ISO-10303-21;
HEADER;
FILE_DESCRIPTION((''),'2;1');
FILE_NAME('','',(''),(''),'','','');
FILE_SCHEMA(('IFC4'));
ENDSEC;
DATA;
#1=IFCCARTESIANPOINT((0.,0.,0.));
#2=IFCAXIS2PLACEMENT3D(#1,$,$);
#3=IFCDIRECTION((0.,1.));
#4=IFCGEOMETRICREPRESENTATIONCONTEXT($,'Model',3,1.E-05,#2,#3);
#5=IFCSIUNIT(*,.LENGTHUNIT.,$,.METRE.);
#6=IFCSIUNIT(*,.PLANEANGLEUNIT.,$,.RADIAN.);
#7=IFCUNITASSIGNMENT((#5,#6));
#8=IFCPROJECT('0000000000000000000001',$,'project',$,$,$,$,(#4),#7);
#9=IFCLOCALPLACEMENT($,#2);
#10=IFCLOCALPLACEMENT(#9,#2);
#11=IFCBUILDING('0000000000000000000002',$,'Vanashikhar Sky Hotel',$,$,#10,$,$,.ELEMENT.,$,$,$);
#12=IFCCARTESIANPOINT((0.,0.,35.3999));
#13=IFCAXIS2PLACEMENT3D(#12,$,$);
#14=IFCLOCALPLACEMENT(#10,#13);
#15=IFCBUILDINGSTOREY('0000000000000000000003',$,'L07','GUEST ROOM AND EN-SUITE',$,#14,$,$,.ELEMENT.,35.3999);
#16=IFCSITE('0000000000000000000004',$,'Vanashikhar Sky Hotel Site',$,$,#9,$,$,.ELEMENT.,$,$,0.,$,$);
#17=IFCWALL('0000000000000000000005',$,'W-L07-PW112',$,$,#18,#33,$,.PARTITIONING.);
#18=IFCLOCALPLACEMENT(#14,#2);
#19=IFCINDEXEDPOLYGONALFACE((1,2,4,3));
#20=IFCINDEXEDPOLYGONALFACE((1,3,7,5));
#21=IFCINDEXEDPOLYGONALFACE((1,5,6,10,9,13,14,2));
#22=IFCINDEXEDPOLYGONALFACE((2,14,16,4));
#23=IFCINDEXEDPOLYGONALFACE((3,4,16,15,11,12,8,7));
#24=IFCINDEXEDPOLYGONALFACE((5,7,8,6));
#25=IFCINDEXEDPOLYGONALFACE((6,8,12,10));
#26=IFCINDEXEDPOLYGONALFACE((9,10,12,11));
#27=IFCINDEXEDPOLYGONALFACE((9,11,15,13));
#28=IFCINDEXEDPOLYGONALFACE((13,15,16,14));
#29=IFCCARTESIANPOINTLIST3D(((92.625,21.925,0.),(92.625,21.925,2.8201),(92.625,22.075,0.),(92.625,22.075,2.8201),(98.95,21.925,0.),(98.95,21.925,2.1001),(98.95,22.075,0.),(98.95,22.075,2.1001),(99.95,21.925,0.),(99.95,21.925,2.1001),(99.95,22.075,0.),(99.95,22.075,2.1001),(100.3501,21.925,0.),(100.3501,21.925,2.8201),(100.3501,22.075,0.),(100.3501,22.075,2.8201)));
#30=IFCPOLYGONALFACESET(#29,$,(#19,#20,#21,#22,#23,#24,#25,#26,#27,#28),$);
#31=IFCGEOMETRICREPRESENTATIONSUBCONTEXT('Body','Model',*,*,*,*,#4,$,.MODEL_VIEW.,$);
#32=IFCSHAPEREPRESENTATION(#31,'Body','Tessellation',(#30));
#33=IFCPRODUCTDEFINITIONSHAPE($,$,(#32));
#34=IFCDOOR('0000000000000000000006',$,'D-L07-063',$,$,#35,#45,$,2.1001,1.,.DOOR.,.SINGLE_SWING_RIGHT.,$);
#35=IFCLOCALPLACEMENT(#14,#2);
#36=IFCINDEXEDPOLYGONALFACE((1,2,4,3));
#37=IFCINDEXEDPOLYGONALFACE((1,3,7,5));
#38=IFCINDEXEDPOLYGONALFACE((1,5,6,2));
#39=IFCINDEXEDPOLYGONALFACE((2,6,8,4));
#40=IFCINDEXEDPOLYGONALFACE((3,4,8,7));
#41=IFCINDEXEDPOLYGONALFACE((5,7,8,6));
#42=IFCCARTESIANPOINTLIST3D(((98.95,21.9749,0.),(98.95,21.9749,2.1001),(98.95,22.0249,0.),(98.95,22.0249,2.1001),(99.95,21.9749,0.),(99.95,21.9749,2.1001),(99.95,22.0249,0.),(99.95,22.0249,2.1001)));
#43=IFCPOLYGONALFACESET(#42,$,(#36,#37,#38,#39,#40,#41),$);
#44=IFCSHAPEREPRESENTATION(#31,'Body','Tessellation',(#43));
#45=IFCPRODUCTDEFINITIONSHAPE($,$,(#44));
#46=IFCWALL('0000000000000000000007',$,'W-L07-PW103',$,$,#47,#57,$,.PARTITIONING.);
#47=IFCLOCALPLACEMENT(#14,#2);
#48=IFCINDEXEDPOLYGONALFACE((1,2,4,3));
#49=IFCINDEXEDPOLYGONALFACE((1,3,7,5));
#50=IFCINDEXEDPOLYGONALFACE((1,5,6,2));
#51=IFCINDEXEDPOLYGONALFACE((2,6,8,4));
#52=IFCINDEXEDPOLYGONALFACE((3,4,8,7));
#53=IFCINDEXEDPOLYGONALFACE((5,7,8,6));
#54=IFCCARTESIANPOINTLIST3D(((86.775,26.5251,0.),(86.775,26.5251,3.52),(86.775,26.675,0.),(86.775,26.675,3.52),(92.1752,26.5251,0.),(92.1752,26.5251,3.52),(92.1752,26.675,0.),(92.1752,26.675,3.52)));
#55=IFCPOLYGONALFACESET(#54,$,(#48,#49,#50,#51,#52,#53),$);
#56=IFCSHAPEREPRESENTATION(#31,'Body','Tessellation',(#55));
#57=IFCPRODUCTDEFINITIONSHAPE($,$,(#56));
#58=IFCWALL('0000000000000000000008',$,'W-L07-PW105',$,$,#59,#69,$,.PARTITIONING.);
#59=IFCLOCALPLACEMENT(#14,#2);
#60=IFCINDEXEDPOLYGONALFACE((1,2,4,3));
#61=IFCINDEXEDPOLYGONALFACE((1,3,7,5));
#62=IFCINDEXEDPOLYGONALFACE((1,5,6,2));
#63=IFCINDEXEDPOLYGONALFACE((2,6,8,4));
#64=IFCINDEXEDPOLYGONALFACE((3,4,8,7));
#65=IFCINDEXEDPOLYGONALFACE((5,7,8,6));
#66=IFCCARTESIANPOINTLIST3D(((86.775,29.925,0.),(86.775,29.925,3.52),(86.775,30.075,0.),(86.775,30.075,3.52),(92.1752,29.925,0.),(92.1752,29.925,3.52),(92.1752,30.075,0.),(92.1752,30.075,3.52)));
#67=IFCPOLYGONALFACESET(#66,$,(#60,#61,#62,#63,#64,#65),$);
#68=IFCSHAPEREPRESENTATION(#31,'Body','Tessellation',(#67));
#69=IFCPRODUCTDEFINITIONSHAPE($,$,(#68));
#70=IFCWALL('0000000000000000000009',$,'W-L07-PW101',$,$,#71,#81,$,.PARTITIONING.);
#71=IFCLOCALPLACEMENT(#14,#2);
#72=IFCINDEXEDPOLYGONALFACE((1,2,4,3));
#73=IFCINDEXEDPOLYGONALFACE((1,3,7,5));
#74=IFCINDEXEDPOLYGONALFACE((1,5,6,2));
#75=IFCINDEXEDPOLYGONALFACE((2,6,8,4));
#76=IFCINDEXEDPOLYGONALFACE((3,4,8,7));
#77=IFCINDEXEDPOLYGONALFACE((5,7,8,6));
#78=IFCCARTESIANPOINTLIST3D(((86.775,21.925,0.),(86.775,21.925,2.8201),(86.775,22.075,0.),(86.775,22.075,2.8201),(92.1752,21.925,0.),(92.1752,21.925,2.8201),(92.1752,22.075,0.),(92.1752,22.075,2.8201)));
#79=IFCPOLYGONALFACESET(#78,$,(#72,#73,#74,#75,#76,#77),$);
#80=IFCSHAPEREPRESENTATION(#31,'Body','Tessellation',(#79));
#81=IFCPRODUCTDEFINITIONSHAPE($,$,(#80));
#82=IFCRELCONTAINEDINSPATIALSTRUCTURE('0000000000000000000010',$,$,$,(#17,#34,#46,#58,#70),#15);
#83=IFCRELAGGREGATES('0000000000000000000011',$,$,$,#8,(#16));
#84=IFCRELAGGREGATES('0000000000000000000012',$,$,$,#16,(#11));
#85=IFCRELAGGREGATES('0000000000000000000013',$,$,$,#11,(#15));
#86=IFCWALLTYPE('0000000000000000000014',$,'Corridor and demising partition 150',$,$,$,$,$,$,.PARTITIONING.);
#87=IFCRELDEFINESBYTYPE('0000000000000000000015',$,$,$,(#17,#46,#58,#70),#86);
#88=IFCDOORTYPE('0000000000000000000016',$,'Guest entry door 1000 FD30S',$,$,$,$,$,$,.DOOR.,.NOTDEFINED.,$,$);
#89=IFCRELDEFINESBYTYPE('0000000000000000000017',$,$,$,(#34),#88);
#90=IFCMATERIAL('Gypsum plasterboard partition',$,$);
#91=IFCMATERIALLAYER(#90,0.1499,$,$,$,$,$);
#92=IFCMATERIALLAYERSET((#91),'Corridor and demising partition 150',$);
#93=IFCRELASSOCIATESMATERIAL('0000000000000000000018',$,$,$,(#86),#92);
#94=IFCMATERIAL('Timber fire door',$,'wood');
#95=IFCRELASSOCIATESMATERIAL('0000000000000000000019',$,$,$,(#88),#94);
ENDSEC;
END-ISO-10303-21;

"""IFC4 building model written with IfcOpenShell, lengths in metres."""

from ifc_helpers import new_model, si_unit, direction, frame, frame_2d, origin, place, context, subcontext, project, spatial, rectangle, extrude, source, transform, mapped, material, layer, layer_set, type_object, element, fill, save


model = new_model("IFC4")

# Units and contexts
model_context = context("Model", 3, precision=1e-05, world=origin(), true_north=direction((0.0, 1.0)))
body_context = subcontext(model_context, "Body", "Model", "MODEL_VIEW")
ifc_project = project(units=[si_unit("LENGTHUNIT", "METRE"), si_unit("PLANEANGLEUNIT", "RADIAN")], contexts=[model_context])

# Site, building, storey
site_placement = place(None, origin())
site = spatial("IfcSite", under=ifc_project, at=site_placement, Name="Vanashikhar Sky Hotel Site", CompositionType="ELEMENT", RefElevation=0.0)
building_placement = place(site_placement, origin())
building = spatial("IfcBuilding", under=site, at=building_placement, Name="Vanashikhar Sky Hotel", CompositionType="ELEMENT")
storey_placement = place(building_placement, frame((0.0, 0.0, 35.3999)))
storey = spatial("IfcBuildingStorey", under=building, at=storey_placement, Name="L07", Description="GUEST ROOM AND EN-SUITE", CompositionType="ELEMENT", Elevation=35.3999)

# Shared definitions
ifc_material_1 = material(Name="Gypsum plasterboard partition")
ifc_layer_1 = layer(ifc_material_1, 0.1499)
ifc_layer_set_1 = layer_set([ifc_layer_1], Name="Corridor and demising partition 150")
wall_type_1 = type_object("IfcWallType", Name="Corridor and demising partition 150", PredefinedType="PARTITIONING", material=ifc_layer_set_1)
shared_shape_1 = source(origin(), body_context, "Body", "SweptSolid", [
    extrude(rectangle(XDim=1.0, YDim=2.1001, at=frame_2d((0.5, 1.05))), frame((0.0, 0.085, 0.0), z_axis=(0.0, -1.0, 0.0), x_axis=(1.0, 0.0, 0.0)), (0.0, 0.0, 1.0), 0.1699),
])
ifc_material_2 = material(Name="Timber fire door", Category="wood")
door_type_1 = type_object("IfcDoorType", Name="Guest entry door 1000 FD30S", OperationType="NOTDEFINED", PredefinedType="DOOR", material=ifc_material_2)
shared_shape_2 = source(origin(), body_context, "Body", "SweptSolid", [
    extrude(rectangle(XDim=1.0, YDim=2.1001, at=frame_2d((0.5, 1.05))), frame((0.0, 0.0249, 0.0), z_axis=(0.0, -1.0, 0.0), x_axis=(1.0, 0.0, 0.0)), (0.0, 0.0, 1.0), 0.05),
])

# Wall, opening, door
shared_shape_3 = source(origin(), body_context, "Body", "SweptSolid", [
    extrude(rectangle(XDim=7.7251, YDim=0.1499, at=frame_2d((3.8625, 0.0))), origin(), (0.0, 0.0, 1.0), 2.8201),
])
wall_1_placement = place(storey_placement, frame((92.625, 22.0, 0.0), z_axis=(0.0, 0.0, 1.0), x_axis=(1.0, 0.0, 0.0)))
wall_1 = element("IfcWall", 1, at=wall_1_placement, inside=storey, type_object=wall_type_1, Name="W-L07-PW112", PredefinedType="PARTITIONING", context=body_context, shape_type="MappedRepresentation", body=[
    mapped(shared_shape_3, transform((0.0, 0.0, 0.0), scale=1.0)),
])
opening_1_placement = place(wall_1_placement, frame((6.325, 0.0, 0.0)))
opening_1 = element("IfcOpeningElement", 2, at=opening_1_placement, cuts=wall_1, PredefinedType="OPENING", context=body_context, shape_type="MappedRepresentation", body=[
    mapped(shared_shape_1, transform((0.0, 0.0, 0.0), scale=1.0)),
])
door_1_placement = place(opening_1_placement, origin())
door_1 = element("IfcDoor", 3, at=door_1_placement, inside=storey, type_object=door_type_1, Name="D-L07-063", OperationType="SINGLE_SWING_RIGHT", OverallHeight=2.1001, OverallWidth=1.0, PredefinedType="DOOR", context=body_context, shape_type="MappedRepresentation", body=[
    mapped(shared_shape_2, transform((0.0, 0.0, 0.0), scale=1.0)),
])
fill(opening_1, door_1)

# Walls
shared_shape_4 = source(origin(), body_context, "Body", "SweptSolid", [
    extrude(rectangle(XDim=5.4001, YDim=0.1499, at=frame_2d((2.7002, 0.0))), origin(), (0.0, 0.0, 1.0), 3.52),
])
for number, where, z_axis, x_axis, name in (
    (4, (86.7749, 26.6001, 0.0), (0.0, 0.0, 1.0), (1.0, 0.0, 0.0), "W-L07-PW103"),
    (5, (86.7749, 30.0, 0.0), (0.0, 0.0, 1.0), (1.0, 0.0, 0.0), "W-L07-PW105"),
):
    element("IfcWall", number, at=place(storey_placement, frame(where, z_axis=z_axis, x_axis=x_axis)), inside=storey, type_object=wall_type_1, Name=name, PredefinedType="PARTITIONING", context=body_context, shape_type="MappedRepresentation", body=[
        mapped(shared_shape_4, transform((0.0, 0.0, 0.0), scale=1.0)),
    ])
shared_shape_5 = source(origin(), body_context, "Body", "SweptSolid", [
    extrude(rectangle(XDim=5.4001, YDim=0.1499, at=frame_2d((2.7002, 0.0))), origin(), (0.0, 0.0, 1.0), 2.8201),
])
wall_2_placement = place(storey_placement, frame((86.7749, 22.0, 0.0), z_axis=(0.0, 0.0, 1.0), x_axis=(1.0, 0.0, 0.0)))
element("IfcWall", 6, at=wall_2_placement, inside=storey, type_object=wall_type_1, Name="W-L07-PW101", PredefinedType="PARTITIONING", context=body_context, shape_type="MappedRepresentation", body=[
    mapped(shared_shape_5, transform((0.0, 0.0, 0.0), scale=1.0)),
])

save(model, "model.ifc")
